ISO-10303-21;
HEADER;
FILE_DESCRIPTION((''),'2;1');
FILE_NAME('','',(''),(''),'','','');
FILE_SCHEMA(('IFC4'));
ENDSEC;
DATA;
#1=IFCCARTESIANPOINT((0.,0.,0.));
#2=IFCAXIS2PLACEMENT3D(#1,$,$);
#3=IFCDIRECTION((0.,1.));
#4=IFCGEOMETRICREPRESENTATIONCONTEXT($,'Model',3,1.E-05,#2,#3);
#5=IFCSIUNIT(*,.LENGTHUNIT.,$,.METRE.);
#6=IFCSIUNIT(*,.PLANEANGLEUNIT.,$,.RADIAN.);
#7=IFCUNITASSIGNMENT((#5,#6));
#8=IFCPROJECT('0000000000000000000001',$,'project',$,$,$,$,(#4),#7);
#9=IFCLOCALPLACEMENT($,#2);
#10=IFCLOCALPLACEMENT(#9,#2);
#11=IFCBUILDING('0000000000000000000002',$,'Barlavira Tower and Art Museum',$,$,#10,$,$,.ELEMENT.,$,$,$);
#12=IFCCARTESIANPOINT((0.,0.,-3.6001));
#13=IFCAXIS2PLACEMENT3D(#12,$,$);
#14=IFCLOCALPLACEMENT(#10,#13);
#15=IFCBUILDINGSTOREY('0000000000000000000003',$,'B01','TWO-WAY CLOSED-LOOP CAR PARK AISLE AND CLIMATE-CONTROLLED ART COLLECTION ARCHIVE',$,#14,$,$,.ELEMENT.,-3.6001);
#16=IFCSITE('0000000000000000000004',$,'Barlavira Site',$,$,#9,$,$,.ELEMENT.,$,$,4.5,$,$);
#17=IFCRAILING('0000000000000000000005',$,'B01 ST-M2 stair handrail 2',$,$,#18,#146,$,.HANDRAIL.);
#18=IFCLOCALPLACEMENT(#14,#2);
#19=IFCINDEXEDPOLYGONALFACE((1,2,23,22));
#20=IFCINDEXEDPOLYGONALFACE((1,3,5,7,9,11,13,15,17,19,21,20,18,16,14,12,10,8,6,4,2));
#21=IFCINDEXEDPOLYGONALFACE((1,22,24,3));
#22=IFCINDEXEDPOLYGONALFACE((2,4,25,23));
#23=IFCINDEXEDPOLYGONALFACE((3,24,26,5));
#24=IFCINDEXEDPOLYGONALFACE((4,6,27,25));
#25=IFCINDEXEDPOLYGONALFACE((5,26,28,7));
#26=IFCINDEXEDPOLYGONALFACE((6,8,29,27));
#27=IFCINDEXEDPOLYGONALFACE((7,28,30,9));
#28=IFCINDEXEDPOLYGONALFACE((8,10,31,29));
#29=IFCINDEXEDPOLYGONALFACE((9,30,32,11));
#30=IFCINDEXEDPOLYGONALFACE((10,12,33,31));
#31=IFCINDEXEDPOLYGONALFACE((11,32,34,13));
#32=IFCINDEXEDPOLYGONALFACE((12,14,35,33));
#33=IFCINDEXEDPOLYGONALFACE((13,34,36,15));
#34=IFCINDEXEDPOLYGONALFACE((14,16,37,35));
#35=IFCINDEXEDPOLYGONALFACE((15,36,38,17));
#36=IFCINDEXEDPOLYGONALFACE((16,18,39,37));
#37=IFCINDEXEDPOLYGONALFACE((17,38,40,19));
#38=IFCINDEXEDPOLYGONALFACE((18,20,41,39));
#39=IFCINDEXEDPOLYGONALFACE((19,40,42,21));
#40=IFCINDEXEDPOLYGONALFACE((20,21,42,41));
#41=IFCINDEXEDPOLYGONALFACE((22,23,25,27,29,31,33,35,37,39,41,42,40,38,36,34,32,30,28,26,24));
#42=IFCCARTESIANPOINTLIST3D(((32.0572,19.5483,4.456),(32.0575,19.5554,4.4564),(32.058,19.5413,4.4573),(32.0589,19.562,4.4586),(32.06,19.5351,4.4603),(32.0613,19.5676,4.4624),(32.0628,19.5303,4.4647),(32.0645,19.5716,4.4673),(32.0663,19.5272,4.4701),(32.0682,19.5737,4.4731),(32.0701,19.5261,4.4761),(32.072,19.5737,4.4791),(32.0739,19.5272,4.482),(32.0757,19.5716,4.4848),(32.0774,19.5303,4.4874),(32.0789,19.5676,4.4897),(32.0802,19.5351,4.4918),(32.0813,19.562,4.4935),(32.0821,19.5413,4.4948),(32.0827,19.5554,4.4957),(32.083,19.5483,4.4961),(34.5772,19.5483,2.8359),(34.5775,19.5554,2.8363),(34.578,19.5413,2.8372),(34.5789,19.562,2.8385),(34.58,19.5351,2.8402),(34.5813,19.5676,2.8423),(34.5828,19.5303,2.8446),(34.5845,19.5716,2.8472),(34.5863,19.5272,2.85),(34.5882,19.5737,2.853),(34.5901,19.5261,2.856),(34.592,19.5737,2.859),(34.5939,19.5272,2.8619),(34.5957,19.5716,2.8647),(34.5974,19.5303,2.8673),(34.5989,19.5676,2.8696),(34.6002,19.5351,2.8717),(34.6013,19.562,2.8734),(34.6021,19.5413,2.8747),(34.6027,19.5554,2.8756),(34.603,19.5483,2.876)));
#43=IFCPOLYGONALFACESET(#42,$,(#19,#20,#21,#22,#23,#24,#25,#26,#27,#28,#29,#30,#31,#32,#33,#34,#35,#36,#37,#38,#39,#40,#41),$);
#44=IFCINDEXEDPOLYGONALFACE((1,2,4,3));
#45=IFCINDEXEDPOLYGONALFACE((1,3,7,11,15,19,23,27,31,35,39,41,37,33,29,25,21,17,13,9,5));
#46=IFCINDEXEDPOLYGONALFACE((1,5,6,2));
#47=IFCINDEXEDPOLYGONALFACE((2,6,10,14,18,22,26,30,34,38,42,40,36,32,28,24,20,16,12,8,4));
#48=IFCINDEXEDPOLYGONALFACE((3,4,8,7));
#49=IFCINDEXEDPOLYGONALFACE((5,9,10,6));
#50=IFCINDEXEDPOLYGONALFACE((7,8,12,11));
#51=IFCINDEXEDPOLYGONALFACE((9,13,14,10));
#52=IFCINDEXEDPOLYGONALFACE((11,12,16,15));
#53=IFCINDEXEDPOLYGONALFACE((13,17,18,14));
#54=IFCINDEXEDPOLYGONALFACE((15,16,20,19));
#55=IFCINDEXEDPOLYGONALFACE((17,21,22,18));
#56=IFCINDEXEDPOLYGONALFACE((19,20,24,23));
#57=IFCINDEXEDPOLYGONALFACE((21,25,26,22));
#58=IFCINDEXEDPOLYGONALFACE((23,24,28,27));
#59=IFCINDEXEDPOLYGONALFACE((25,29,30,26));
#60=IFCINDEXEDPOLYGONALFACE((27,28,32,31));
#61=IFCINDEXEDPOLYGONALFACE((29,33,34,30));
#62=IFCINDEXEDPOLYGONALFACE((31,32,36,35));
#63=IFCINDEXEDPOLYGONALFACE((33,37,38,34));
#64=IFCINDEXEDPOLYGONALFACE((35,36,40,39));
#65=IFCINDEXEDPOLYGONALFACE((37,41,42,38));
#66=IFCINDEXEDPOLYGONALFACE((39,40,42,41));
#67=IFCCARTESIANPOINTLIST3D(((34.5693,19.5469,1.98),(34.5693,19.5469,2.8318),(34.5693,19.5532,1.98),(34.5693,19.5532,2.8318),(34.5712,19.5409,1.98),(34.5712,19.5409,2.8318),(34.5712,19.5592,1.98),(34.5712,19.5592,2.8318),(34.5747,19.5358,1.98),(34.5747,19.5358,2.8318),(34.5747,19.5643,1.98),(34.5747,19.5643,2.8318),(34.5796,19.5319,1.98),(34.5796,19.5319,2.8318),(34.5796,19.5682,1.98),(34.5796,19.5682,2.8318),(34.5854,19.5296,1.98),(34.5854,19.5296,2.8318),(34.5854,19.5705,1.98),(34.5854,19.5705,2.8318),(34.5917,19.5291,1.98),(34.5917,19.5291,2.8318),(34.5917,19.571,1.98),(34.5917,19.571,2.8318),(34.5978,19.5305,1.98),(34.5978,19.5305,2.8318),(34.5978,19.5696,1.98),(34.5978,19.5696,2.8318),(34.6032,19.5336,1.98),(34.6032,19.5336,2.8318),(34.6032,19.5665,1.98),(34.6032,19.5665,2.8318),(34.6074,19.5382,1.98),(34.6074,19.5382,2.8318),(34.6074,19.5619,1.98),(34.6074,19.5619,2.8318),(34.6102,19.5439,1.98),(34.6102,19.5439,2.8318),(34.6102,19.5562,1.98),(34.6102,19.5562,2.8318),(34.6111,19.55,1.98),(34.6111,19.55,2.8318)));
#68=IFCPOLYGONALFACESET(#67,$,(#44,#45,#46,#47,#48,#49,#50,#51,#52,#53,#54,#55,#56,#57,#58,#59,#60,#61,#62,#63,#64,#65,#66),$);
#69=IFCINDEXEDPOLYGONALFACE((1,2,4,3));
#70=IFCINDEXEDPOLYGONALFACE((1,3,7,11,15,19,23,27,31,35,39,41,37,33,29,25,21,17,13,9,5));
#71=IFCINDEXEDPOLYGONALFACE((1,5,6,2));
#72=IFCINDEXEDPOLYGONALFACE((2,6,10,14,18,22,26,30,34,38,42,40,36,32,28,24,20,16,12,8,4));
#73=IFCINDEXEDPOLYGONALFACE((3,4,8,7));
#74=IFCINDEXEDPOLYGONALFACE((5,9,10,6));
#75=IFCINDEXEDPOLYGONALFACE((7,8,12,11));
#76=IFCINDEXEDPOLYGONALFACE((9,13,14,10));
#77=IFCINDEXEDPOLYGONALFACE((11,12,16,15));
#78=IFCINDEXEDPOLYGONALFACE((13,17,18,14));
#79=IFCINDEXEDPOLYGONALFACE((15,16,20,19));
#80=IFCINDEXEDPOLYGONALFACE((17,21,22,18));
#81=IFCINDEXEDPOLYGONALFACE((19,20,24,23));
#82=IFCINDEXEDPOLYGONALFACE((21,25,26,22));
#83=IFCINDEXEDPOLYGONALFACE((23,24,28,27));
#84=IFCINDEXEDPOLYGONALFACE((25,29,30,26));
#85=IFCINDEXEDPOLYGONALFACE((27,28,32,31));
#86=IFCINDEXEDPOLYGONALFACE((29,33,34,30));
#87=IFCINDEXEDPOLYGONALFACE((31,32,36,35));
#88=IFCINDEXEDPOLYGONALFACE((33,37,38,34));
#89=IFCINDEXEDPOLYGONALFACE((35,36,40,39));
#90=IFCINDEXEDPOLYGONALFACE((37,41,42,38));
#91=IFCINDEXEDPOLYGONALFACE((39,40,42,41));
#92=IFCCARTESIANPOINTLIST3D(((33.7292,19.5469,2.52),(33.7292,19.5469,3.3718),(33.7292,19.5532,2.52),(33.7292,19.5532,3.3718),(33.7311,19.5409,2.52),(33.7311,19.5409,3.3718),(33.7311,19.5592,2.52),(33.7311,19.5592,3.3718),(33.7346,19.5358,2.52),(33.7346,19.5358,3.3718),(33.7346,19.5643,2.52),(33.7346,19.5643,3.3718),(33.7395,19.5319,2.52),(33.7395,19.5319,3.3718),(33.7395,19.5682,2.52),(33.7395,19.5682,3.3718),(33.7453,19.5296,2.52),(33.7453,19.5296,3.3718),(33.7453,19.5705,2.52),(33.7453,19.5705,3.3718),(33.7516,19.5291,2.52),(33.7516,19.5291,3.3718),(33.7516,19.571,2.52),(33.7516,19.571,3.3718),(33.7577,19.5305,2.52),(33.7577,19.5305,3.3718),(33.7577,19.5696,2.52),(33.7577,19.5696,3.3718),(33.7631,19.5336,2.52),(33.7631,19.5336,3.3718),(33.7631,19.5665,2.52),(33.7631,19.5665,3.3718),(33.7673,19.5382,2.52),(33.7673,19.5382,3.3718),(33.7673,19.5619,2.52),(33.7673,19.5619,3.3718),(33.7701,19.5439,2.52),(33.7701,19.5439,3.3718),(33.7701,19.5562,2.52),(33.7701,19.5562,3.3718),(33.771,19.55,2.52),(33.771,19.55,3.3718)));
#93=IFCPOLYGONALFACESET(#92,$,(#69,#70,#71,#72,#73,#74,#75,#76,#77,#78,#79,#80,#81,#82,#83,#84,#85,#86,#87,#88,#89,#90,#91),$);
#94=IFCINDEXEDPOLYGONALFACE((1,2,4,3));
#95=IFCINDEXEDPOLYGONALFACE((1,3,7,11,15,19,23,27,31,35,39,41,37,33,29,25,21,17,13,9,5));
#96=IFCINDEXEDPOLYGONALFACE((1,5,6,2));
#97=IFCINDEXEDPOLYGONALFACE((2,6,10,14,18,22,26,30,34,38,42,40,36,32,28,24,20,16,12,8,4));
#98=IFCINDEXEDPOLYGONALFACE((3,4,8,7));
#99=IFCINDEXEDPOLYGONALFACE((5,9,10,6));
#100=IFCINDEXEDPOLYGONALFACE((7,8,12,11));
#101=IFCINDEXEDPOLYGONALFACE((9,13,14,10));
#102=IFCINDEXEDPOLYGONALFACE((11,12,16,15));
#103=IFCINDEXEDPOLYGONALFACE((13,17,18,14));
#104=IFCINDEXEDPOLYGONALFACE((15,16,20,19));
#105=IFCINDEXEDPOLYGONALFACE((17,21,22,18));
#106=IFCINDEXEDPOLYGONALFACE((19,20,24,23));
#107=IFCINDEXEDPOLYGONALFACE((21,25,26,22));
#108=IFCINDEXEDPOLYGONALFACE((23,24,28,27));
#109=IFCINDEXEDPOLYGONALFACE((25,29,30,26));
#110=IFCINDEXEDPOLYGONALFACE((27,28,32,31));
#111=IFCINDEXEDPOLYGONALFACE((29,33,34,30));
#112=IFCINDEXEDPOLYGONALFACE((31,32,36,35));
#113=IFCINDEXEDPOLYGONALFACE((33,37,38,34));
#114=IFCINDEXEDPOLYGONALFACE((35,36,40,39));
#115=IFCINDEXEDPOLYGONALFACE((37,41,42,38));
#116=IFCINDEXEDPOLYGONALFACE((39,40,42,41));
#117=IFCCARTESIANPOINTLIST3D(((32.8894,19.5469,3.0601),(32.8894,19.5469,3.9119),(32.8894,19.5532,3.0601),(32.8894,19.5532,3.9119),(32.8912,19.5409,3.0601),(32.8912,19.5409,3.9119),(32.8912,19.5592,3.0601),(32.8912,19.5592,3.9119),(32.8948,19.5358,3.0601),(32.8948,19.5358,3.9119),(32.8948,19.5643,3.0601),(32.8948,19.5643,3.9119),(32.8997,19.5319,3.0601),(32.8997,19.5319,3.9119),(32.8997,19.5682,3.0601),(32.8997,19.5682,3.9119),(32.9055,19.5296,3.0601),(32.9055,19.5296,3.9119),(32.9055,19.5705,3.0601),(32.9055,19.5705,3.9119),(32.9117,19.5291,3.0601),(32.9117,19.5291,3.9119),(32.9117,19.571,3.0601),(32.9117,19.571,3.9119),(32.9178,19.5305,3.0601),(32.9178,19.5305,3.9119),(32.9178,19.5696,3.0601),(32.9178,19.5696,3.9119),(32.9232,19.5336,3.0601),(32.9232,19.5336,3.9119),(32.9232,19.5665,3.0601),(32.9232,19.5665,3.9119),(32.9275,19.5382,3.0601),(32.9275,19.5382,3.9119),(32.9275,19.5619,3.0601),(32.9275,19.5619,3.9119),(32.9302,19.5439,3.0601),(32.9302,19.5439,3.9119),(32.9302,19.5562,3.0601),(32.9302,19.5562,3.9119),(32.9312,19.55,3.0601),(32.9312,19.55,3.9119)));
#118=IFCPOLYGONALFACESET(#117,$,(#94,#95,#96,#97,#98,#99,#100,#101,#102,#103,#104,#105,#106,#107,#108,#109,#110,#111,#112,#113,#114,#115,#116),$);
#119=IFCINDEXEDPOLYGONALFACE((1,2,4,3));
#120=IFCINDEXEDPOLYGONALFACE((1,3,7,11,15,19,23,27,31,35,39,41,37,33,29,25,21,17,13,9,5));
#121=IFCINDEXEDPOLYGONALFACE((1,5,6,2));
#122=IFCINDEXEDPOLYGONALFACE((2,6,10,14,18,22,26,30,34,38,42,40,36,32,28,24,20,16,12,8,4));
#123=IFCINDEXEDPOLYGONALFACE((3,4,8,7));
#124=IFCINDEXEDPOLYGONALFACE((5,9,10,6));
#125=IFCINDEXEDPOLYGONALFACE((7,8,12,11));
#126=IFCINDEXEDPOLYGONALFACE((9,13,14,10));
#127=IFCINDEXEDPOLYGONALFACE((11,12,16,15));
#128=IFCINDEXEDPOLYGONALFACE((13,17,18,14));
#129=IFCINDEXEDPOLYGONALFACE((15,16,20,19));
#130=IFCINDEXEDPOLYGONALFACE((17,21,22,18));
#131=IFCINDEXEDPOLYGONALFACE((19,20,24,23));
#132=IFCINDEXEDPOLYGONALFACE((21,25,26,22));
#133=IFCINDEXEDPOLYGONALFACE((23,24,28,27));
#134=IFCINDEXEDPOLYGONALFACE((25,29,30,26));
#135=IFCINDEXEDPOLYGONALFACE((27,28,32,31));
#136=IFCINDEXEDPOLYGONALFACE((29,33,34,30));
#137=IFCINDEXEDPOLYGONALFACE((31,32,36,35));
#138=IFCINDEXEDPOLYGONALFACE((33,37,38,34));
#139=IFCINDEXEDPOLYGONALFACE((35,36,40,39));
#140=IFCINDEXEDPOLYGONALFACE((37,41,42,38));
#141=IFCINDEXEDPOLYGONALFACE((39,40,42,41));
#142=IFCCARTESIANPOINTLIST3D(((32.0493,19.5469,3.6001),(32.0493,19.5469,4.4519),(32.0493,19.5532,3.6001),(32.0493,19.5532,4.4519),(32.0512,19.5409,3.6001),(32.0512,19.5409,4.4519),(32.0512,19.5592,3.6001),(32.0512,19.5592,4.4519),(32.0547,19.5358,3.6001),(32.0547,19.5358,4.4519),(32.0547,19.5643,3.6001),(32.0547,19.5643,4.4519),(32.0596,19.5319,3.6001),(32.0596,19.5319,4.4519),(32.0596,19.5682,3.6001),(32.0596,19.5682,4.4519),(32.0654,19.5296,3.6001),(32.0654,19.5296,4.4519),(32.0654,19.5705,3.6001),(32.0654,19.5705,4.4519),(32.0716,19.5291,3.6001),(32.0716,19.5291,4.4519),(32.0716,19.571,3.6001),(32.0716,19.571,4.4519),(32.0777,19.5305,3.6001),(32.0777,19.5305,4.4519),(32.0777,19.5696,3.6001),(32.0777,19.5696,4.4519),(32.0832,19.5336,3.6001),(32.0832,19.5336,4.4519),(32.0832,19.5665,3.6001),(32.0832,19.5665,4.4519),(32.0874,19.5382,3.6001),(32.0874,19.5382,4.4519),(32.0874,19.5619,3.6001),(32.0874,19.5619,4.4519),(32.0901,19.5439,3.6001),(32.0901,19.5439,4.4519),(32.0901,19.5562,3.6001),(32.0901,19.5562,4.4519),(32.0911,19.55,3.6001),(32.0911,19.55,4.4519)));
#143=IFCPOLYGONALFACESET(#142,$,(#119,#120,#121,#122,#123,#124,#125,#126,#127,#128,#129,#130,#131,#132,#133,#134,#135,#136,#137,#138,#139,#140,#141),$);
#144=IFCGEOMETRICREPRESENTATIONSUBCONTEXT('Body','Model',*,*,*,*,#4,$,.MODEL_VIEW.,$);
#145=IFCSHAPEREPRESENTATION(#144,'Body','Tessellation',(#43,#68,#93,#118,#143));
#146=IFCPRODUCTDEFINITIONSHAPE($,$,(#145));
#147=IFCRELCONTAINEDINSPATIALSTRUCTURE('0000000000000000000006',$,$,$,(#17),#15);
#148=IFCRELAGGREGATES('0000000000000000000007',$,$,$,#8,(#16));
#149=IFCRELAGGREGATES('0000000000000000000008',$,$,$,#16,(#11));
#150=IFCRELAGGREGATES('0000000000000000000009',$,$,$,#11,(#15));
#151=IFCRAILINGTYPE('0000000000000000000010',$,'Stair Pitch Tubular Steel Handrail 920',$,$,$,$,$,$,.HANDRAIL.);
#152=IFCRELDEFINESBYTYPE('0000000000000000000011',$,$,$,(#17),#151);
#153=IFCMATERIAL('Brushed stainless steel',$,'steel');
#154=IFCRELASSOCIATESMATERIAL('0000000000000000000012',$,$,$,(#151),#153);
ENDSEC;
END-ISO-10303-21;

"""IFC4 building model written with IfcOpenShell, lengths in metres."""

from ifc_helpers import new_model, si_unit, direction, frame, origin, origin_2d, place, context, subcontext, project, spatial, circle, extrude, material, type_object, element, save


model = new_model("IFC4")

# Units and contexts
model_context = context("Model", 3, precision=1e-05, world=origin(), true_north=direction((0.0, 1.0)))
body_context = subcontext(model_context, "Body", "Model", "MODEL_VIEW")
ifc_project = project(units=[si_unit("LENGTHUNIT", "METRE"), si_unit("PLANEANGLEUNIT", "RADIAN")], contexts=[model_context])

# Site, building, storey
site_placement = place(None, origin())
site = spatial("IfcSite", under=ifc_project, at=site_placement, Name="Barlavira Site", CompositionType="ELEMENT", RefElevation=4.5)
building_placement = place(site_placement, origin())
building = spatial("IfcBuilding", under=site, at=building_placement, Name="Barlavira Tower and Art Museum", CompositionType="ELEMENT")
storey_placement = place(building_placement, frame((0.0, 0.0, -3.6001)))
storey = spatial("IfcBuildingStorey", under=building, at=storey_placement, Name="B01", Description="TWO-WAY CLOSED-LOOP CAR PARK AISLE AND CLIMATE-CONTROLLED ART COLLECTION ARCHIVE", CompositionType="ELEMENT", Elevation=-3.6001)

# Shared definitions
ifc_material_1 = material(Name="Brushed stainless steel", Category="steel")

# Railing
railing_type_1 = type_object("IfcRailingType", Name="Stair Pitch Tubular Steel Handrail 920", PredefinedType="HANDRAIL", material=ifc_material_1)
railing_1_placement = place(storey_placement, frame((34.5901, 19.55, 1.98)))
element("IfcRailing", 1, at=railing_1_placement, inside=storey, type_object=railing_type_1, Name="B01 ST-M2 stair handrail 2", PredefinedType="HANDRAIL", context=body_context, shape_type="SweptSolid", body=[
    extrude(circle(Radius=0.0239, at=origin_2d()), frame((0.0, 0.0, 0.876), z_axis=(-0.841163, 0.0, 0.540782), x_axis=(0.0, -1.0, 0.0)), (0.0, 0.0, 1.0), 2.9958),
    extrude(circle(Radius=0.021, at=origin_2d()), origin(), (0.0, 0.0, 1.0), 0.8518),
    extrude(circle(Radius=0.021, at=origin_2d()), frame((-0.8401, 0.0, 0.54)), (0.0, 0.0, 1.0), 0.8518),
    extrude(circle(Radius=0.021, at=origin_2d()), frame((-1.6799, 0.0, 1.0801)), (0.0, 0.0, 1.0), 0.8518),
    extrude(circle(Radius=0.021, at=origin_2d()), frame((-2.52, 0.0, 1.6201)), (0.0, 0.0, 1.0), 0.8518),
])

save(model, "model.ifc")
